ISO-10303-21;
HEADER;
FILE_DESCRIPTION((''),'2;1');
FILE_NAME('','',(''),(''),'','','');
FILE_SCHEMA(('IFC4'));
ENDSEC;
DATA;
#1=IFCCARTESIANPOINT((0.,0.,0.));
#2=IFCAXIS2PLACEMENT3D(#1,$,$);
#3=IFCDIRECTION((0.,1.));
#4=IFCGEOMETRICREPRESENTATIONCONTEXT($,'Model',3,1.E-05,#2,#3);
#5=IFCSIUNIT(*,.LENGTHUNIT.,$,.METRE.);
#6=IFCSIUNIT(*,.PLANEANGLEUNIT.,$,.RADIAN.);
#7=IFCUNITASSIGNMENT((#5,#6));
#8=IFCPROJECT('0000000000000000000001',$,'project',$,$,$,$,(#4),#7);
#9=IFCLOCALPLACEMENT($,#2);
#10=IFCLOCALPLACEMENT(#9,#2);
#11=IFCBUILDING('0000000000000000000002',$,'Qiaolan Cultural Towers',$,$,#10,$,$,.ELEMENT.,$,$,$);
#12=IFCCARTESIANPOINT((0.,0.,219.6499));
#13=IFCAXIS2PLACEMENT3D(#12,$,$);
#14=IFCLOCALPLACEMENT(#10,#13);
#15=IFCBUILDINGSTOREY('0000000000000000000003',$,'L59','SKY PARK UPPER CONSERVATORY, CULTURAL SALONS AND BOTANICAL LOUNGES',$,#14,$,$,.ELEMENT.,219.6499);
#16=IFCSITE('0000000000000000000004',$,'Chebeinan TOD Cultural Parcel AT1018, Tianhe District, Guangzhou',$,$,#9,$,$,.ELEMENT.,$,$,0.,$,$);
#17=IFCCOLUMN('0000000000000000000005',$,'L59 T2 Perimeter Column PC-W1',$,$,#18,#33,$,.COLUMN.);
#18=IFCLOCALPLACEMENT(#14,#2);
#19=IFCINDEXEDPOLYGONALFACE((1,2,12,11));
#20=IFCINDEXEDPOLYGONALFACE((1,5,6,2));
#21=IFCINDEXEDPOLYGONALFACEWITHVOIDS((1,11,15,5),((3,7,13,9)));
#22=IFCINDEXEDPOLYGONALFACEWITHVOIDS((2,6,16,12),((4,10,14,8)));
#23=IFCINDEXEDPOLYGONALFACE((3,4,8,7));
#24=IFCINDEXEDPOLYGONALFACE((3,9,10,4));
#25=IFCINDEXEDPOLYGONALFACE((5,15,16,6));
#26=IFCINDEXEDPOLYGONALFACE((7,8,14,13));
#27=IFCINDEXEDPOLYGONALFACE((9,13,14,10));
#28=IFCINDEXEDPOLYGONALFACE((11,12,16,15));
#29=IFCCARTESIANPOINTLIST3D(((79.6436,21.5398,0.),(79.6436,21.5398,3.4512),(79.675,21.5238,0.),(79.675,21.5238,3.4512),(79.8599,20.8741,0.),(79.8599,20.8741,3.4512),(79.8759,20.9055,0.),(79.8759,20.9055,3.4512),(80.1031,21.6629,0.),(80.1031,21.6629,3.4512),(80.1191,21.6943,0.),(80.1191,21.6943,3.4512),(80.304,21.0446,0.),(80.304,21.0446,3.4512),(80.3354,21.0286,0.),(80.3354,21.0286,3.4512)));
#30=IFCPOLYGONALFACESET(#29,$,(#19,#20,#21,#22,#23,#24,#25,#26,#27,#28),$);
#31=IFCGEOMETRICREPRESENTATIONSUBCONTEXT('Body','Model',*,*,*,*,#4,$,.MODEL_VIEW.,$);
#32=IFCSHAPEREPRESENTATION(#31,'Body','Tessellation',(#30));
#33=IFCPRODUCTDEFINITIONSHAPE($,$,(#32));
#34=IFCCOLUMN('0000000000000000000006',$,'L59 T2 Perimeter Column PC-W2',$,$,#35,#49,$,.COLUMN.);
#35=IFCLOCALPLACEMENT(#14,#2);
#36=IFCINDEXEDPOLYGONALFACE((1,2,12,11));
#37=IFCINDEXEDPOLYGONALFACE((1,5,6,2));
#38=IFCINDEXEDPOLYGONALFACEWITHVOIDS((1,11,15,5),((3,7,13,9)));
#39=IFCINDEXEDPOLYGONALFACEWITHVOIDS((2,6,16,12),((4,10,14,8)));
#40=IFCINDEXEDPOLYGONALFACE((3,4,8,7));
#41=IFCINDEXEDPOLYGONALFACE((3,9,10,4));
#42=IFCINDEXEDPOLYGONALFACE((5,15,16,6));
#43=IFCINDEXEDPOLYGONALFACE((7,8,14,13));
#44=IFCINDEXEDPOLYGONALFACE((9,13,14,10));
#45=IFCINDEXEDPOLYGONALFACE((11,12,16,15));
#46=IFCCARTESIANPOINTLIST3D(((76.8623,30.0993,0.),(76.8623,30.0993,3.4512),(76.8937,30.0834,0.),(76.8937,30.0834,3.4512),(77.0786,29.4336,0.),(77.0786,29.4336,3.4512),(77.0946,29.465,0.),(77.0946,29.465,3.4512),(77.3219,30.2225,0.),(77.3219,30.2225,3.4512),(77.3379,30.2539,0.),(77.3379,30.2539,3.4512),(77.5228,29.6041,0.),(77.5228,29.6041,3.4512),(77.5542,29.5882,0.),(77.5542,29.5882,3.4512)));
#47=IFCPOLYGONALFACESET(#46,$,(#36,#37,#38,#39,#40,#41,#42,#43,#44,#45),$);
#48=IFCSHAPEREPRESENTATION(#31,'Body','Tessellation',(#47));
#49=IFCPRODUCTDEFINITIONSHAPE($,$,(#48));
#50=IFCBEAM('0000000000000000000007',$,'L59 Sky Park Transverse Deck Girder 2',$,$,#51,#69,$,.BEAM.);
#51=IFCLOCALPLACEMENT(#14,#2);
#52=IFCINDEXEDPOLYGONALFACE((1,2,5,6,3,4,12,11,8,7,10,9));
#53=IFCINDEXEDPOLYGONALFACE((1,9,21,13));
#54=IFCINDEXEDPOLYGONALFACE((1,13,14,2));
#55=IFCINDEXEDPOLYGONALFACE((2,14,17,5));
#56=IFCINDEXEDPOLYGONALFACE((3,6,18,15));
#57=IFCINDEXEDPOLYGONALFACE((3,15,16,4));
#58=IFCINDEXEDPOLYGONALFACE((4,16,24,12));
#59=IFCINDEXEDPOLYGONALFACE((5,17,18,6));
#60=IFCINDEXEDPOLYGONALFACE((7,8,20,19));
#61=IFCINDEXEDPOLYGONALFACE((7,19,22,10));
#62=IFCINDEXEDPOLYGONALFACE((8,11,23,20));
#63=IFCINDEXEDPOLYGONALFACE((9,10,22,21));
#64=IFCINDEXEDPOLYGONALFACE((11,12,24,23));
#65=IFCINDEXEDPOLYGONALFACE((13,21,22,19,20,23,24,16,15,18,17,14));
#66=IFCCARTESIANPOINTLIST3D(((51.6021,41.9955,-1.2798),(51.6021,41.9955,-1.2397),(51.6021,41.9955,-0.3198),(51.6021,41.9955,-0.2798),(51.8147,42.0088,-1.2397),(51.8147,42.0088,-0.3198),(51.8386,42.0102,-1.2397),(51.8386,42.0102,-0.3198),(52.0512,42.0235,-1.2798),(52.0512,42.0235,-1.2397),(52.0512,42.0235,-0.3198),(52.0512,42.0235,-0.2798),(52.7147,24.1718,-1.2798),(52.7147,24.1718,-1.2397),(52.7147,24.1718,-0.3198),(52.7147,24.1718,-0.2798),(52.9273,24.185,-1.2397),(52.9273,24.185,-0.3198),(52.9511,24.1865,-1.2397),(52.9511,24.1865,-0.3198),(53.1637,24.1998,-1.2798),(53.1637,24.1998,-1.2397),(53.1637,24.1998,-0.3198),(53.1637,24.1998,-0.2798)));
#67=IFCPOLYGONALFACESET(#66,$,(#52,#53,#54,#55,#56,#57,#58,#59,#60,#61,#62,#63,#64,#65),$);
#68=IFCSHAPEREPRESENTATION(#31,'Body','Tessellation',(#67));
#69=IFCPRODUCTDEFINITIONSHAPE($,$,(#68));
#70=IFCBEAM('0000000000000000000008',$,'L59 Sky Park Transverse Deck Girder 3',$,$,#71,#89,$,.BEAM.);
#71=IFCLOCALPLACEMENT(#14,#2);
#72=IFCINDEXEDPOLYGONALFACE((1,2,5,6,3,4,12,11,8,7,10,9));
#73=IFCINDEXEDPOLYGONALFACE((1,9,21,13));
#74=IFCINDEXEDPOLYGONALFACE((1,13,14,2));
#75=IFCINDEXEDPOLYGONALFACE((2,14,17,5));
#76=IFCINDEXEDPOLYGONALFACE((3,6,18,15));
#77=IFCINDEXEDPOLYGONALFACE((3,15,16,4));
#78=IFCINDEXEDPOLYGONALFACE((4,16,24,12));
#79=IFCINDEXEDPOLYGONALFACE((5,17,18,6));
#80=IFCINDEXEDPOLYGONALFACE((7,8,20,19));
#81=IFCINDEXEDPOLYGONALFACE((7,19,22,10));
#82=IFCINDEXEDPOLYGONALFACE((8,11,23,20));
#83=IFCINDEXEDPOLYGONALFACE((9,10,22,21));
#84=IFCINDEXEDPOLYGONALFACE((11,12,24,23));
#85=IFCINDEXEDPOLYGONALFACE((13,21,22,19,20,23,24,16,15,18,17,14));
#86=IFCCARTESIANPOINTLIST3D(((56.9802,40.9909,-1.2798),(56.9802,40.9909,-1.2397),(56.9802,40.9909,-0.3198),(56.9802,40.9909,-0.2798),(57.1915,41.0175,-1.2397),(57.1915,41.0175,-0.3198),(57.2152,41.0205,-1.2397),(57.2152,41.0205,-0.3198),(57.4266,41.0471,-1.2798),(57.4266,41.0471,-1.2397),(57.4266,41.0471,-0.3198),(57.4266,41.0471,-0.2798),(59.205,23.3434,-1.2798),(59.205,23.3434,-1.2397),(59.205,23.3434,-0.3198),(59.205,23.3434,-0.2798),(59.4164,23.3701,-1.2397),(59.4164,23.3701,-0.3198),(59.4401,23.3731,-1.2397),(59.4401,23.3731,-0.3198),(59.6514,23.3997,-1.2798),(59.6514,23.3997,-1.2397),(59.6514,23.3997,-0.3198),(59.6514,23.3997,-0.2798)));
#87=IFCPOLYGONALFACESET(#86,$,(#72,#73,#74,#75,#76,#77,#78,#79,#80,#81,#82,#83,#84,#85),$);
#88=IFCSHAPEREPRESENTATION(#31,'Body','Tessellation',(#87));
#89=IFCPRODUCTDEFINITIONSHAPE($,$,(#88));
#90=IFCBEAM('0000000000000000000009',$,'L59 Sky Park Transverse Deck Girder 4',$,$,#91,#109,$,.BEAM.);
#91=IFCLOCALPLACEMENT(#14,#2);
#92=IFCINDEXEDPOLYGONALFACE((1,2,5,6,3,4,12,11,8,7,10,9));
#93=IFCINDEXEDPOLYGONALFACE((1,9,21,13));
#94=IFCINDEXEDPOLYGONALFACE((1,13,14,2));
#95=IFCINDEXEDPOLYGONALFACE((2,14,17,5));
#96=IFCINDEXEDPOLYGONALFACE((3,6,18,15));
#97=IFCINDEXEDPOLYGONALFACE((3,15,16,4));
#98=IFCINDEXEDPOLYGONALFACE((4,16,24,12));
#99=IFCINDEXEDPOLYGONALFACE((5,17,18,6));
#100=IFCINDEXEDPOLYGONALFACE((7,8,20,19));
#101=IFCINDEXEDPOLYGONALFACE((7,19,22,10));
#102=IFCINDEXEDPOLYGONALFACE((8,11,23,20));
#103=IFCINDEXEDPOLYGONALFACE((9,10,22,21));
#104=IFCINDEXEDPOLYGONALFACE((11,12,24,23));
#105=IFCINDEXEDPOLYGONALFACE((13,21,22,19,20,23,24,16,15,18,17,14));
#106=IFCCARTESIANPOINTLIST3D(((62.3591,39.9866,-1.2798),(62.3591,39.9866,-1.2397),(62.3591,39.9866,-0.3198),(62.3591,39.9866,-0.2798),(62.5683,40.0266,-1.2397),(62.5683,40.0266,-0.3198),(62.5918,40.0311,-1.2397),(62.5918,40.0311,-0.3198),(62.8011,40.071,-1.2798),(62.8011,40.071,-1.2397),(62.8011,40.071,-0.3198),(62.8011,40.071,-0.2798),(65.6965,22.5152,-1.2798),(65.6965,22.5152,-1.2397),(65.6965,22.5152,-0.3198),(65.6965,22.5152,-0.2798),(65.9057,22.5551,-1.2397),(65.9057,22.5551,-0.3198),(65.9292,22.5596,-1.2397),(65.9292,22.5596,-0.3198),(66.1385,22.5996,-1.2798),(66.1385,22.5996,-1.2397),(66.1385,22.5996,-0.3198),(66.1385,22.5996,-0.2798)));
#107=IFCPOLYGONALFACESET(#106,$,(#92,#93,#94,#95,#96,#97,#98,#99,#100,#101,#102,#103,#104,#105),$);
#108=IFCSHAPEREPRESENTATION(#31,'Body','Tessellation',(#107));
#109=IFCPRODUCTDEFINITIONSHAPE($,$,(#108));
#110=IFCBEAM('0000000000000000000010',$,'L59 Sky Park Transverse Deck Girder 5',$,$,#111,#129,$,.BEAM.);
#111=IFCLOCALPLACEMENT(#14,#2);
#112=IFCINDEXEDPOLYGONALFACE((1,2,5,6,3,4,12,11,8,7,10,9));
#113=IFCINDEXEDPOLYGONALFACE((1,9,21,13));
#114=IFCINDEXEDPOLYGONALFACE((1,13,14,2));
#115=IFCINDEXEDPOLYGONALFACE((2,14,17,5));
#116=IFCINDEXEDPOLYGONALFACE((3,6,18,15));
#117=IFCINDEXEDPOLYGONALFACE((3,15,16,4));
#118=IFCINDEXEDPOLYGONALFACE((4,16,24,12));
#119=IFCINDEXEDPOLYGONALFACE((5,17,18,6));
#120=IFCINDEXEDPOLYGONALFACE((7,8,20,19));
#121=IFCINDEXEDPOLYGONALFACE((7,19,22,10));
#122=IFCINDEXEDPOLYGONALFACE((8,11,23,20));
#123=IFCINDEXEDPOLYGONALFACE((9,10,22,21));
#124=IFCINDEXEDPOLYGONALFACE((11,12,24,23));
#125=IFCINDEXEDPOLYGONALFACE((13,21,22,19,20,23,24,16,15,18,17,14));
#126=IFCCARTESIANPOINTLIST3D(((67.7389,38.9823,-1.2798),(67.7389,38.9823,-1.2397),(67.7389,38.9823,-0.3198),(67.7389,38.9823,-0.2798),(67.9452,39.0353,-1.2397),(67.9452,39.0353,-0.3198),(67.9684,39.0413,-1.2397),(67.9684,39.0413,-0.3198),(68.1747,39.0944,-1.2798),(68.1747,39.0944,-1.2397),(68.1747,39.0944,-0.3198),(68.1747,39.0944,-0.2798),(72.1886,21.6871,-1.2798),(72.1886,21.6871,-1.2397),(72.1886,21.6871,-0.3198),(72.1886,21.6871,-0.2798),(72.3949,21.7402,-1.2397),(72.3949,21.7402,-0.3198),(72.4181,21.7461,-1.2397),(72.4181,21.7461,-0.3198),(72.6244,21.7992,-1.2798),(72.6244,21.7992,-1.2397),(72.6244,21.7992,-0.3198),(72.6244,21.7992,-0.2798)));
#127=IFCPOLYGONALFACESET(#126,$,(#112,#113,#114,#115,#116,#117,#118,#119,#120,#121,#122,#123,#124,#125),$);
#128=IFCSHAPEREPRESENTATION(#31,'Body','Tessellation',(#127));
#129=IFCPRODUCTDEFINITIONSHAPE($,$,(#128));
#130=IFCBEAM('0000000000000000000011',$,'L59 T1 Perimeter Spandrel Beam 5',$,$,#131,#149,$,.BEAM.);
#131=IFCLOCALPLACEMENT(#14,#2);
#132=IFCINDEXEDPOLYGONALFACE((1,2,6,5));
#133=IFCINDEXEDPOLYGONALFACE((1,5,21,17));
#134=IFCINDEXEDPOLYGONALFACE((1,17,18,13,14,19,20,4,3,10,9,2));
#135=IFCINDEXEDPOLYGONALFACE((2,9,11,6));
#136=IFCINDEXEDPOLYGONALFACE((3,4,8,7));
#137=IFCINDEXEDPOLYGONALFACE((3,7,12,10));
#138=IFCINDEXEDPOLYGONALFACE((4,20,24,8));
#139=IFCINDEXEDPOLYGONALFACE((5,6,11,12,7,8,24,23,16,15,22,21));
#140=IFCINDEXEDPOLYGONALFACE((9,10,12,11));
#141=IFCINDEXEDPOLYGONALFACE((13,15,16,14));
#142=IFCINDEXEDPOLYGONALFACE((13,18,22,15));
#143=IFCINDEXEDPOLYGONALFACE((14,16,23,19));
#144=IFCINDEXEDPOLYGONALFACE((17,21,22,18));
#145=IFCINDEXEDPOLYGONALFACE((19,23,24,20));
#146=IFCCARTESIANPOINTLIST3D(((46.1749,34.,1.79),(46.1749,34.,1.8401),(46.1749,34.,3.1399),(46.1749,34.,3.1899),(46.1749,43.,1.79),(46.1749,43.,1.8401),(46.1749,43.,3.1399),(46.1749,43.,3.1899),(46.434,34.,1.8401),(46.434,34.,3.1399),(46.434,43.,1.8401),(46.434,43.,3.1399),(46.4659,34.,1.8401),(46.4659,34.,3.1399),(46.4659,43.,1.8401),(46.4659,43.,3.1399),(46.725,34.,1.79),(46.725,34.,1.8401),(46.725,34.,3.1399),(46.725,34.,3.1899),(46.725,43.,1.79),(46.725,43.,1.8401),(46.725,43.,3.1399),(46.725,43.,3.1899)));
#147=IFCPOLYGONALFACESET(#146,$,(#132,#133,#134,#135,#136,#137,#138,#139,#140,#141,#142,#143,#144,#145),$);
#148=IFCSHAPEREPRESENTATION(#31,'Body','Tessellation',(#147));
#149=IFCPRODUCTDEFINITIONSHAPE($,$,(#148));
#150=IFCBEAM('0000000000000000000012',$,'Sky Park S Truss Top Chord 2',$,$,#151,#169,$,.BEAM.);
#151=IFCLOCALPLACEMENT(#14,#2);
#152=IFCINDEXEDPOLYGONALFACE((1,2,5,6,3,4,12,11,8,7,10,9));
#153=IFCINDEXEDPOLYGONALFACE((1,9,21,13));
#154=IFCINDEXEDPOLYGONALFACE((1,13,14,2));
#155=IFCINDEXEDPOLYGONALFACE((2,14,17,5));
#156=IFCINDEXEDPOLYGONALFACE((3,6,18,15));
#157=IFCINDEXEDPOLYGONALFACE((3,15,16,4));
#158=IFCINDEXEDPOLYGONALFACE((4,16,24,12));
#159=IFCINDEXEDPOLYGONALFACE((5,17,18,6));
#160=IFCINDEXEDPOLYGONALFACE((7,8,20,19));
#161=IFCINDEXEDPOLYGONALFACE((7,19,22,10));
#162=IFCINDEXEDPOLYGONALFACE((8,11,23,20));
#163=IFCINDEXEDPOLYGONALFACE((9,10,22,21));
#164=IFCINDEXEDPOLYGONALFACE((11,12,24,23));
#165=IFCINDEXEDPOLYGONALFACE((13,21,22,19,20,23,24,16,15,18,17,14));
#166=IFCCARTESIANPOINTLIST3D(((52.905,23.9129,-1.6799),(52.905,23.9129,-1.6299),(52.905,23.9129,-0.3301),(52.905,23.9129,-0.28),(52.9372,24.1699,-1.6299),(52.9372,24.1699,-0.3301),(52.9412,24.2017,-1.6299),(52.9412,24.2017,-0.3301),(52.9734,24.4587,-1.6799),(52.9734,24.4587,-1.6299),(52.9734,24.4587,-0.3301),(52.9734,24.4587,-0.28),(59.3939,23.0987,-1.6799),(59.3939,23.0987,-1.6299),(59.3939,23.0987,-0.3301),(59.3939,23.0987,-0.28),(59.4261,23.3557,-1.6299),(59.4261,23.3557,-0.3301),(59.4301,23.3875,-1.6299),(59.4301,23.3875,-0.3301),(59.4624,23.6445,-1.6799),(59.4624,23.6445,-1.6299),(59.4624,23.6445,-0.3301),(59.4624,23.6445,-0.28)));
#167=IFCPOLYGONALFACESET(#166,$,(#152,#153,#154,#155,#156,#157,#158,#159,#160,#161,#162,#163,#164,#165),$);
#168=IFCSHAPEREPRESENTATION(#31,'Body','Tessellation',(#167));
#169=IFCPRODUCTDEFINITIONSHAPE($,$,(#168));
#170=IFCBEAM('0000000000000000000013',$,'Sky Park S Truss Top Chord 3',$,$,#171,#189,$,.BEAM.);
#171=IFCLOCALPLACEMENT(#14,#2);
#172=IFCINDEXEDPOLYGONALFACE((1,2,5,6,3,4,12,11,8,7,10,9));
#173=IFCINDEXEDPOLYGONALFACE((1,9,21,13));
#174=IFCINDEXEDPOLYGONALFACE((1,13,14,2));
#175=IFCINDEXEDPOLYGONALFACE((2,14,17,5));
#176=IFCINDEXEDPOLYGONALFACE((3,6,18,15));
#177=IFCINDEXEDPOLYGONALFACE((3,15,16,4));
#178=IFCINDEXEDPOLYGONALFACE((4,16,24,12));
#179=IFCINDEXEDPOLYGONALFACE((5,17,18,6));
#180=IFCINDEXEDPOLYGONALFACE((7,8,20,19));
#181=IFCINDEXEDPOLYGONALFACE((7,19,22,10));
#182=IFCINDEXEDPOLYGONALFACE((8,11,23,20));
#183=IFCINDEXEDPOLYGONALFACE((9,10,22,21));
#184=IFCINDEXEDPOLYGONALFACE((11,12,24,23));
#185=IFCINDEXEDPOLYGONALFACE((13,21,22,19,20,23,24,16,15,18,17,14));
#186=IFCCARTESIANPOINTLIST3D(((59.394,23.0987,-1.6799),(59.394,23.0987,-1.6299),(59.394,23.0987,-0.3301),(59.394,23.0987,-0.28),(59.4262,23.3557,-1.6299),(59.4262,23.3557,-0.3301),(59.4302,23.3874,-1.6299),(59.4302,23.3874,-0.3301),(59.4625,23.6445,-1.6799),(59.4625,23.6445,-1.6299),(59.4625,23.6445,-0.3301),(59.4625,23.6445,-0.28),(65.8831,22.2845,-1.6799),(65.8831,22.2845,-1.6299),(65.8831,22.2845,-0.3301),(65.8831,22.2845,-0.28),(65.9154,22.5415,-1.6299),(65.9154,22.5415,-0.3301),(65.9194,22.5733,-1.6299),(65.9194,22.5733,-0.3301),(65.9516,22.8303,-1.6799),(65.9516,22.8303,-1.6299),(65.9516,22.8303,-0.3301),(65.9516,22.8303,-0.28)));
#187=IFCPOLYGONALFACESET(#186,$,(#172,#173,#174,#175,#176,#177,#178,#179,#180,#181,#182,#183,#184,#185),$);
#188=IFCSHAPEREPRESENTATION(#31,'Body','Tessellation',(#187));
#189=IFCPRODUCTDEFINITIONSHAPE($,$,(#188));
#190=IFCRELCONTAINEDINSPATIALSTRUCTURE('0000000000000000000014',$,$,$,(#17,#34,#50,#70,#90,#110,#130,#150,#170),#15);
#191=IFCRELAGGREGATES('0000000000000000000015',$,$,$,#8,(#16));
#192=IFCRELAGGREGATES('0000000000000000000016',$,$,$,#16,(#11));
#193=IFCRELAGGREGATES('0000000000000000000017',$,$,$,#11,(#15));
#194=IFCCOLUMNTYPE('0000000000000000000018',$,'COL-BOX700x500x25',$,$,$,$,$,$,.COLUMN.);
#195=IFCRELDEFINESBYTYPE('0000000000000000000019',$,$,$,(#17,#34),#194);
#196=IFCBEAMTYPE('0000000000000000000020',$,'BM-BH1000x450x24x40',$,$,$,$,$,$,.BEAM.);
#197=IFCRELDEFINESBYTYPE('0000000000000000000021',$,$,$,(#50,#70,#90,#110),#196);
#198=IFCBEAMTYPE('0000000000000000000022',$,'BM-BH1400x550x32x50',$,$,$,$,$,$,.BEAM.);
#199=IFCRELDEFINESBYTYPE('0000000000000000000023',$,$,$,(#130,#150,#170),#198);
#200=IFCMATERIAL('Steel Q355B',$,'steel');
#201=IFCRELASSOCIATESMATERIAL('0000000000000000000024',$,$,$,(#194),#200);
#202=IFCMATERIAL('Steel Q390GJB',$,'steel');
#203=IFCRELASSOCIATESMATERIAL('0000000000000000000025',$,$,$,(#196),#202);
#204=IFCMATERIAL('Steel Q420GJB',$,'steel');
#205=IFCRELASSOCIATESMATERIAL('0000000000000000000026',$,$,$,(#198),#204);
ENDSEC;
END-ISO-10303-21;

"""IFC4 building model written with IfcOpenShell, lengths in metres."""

from ifc_helpers import new_model, si_unit, direction, frame, origin, origin_2d, place, context, subcontext, project, spatial, hollow_rectangle, i_section, extrude, material, material_profile, profile_set, type_object, element, save


model = new_model("IFC4")

# Units and contexts
model_context = context("Model", 3, precision=1e-05, world=origin(), true_north=direction((0.0, 1.0)))
body_context = subcontext(model_context, "Body", "Model", "MODEL_VIEW")
ifc_project = project(units=[si_unit("LENGTHUNIT", "METRE"), si_unit("PLANEANGLEUNIT", "RADIAN")], contexts=[model_context])

# Site, building, storey
site_placement = place(None, origin())
site = spatial("IfcSite", under=ifc_project, at=site_placement, Name="Chebeinan TOD Cultural Parcel AT1018, Tianhe District, Guangzhou", CompositionType="ELEMENT", RefElevation=0.0)
building_placement = place(site_placement, origin())
building = spatial("IfcBuilding", under=site, at=building_placement, Name="Qiaolan Cultural Towers", CompositionType="ELEMENT")
storey_placement = place(building_placement, frame((0.0, 0.0, 219.6499)))
storey = spatial("IfcBuildingStorey", under=building, at=storey_placement, Name="L59", Description="SKY PARK UPPER CONSERVATORY, CULTURAL SALONS AND BOTANICAL LOUNGES", CompositionType="ELEMENT", Elevation=219.6499)

# Columns
ifc_material_1 = material(Name="Steel Q355B", Category="steel")
ifc_material_profile_1 = material_profile(ifc_material_1, hollow_rectangle(XDim=0.5, YDim=0.7, WallThickness=0.0249, at=origin_2d()), Name="BOX700x500x25")
ifc_profile_set_1 = profile_set([ifc_material_profile_1], Name="Steel Q355B")
column_type = type_object("IfcColumnType", Name="COL-BOX700x500x25", PredefinedType="COLUMN", material=ifc_profile_set_1)
for number, where, z_axis, x_axis, name in (
    (1, (79.9895, 21.2842, 0.0), (0.0, 0.0, 1.0), (0.951057, 0.309017, 0.0), "L59 T2 Perimeter Column PC-W1"),
    (2, (77.2083, 29.8438, 0.0), (0.0, 0.0, 1.0), (0.951057, 0.309017, 0.0), "L59 T2 Perimeter Column PC-W2"),
):
    element("IfcColumn", number, at=place(storey_placement, frame(where, z_axis=z_axis, x_axis=x_axis)), inside=storey, type_object=column_type, Name=name, PredefinedType="COLUMN", context=body_context, shape_type="SweptSolid", body=[
        extrude(hollow_rectangle(XDim=0.5, YDim=0.7, WallThickness=0.0249, at=origin_2d()), origin(), (0.0, 0.0, 1.0), 3.4512),
    ])

# Beams
ifc_material_2 = material(Name="Steel Q390GJB", Category="steel")
ifc_material_profile_2 = material_profile(ifc_material_2, i_section(OverallWidth=0.45, OverallDepth=1.0, WebThickness=0.0239, FlangeThickness=0.04, at=origin_2d()), Name="BH1000x450x24x40")
ifc_profile_set_2 = profile_set([ifc_material_profile_2], Name="Steel Q390GJB")
beam_type_1 = type_object("IfcBeamType", Name="BM-BH1000x450x24x40", PredefinedType="BEAM", material=ifc_profile_set_2)
beam_1_placement = place(storey_placement, frame((52.9392, 24.1858, -0.7798), z_axis=(-0.062298, 0.998058, 0.0), x_axis=(-0.998058, -0.062298, 0.0)))
element("IfcBeam", 3, at=beam_1_placement, inside=storey, type_object=beam_type_1, Name="L59 Sky Park Transverse Deck Girder 2", PredefinedType="BEAM", context=body_context, shape_type="SweptSolid", body=[
    extrude(i_section(OverallWidth=0.45, OverallDepth=1.0, WebThickness=0.0239, FlangeThickness=0.04, at=origin_2d()), origin(), (0.0, 0.0, 1.0), 17.8584),
])
beam_2_placement = place(storey_placement, frame((59.4282, 23.3716, -0.7798), z_axis=(-0.125082, 0.992146, 0.0), x_axis=(-0.992146, -0.125082, 0.0)))
element("IfcBeam", 4, at=beam_2_placement, inside=storey, type_object=beam_type_1, Name="L59 Sky Park Transverse Deck Girder 3", PredefinedType="BEAM", context=body_context, shape_type="SweptSolid", body=[
    extrude(i_section(OverallWidth=0.45, OverallDepth=1.0, WebThickness=0.0239, FlangeThickness=0.04, at=origin_2d()), origin(), (0.0, 0.0, 1.0), 17.7871),
])
beam_3_placement = place(storey_placement, frame((65.9175, 22.5574, -0.7798), z_axis=(-0.187628, 0.98224, 0.0), x_axis=(-0.98224, -0.187628, 0.0)))
element("IfcBeam", 5, at=beam_3_placement, inside=storey, type_object=beam_type_1, Name="L59 Sky Park Transverse Deck Girder 4", PredefinedType="BEAM", context=body_context, shape_type="SweptSolid", body=[
    extrude(i_section(OverallWidth=0.45, OverallDepth=1.0, WebThickness=0.0239, FlangeThickness=0.04, at=origin_2d()), origin(), (0.0, 0.0, 1.0), 17.7874),
])
beam_4_placement = place(storey_placement, frame((72.4065, 21.7432, -0.7798), z_axis=(-0.249166, 0.968461, 0.0), x_axis=(-0.968461, -0.249166, 0.0)))
element("IfcBeam", 6, at=beam_4_placement, inside=storey, type_object=beam_type_1, Name="L59 Sky Park Transverse Deck Girder 5", PredefinedType="BEAM", context=body_context, shape_type="SweptSolid", body=[
    extrude(i_section(OverallWidth=0.45, OverallDepth=1.0, WebThickness=0.0239, FlangeThickness=0.04, at=origin_2d()), origin(), (0.0, 0.0, 1.0), 17.8584),
])
ifc_material_3 = material(Name="Steel Q420GJB", Category="steel")
ifc_material_profile_3 = material_profile(ifc_material_3, i_section(OverallWidth=0.55, OverallDepth=1.3999, WebThickness=0.032, FlangeThickness=0.05, at=origin_2d()), Name="BH1400x550x32x50")
ifc_profile_set_3 = profile_set([ifc_material_profile_3], Name="Steel Q420GJB")
beam_type_2 = type_object("IfcBeamType", Name="BM-BH1400x550x32x50", PredefinedType="BEAM", material=ifc_profile_set_3)
beam_5_placement = place(storey_placement, frame((46.45, 34.0, 2.49), z_axis=(0.0, 1.0, 0.0), x_axis=(-1.0, 0.0, 0.0)))
element("IfcBeam", 7, at=beam_5_placement, inside=storey, type_object=beam_type_2, Name="L59 T1 Perimeter Spandrel Beam 5", PredefinedType="BEAM", context=body_context, shape_type="SweptSolid", body=[
    extrude(i_section(OverallWidth=0.55, OverallDepth=1.3999, WebThickness=0.032, FlangeThickness=0.05, at=origin_2d()), origin(), (0.0, 0.0, 1.0), 9.0),
])
beam_6_placement = place(storey_placement, frame((52.9392, 24.1858, -0.98), z_axis=(0.99222, -0.124499, 0.0), x_axis=(0.124499, 0.99222, 0.0)))
element("IfcBeam", 8, at=beam_6_placement, inside=storey, type_object=beam_type_2, Name="Sky Park S Truss Top Chord 2", PredefinedType="BEAM", context=body_context, shape_type="SweptSolid", body=[
    extrude(i_section(OverallWidth=0.55, OverallDepth=1.3999, WebThickness=0.032, FlangeThickness=0.05, at=origin_2d()), origin(), (0.0, 0.0, 1.0), 6.5398),
])
beam_7_placement = place(storey_placement, frame((59.4282, 23.3716, -0.98), z_axis=(0.99222, -0.124494, 0.0), x_axis=(0.124494, 0.99222, 0.0)))
element("IfcBeam", 9, at=beam_7_placement, inside=storey, type_object=beam_type_2, Name="Sky Park S Truss Top Chord 3", PredefinedType="BEAM", context=body_context, shape_type="SweptSolid", body=[
    extrude(i_section(OverallWidth=0.55, OverallDepth=1.3999, WebThickness=0.032, FlangeThickness=0.05, at=origin_2d()), origin(), (0.0, 0.0, 1.0), 6.54),
])

save(model, "model.ifc")
